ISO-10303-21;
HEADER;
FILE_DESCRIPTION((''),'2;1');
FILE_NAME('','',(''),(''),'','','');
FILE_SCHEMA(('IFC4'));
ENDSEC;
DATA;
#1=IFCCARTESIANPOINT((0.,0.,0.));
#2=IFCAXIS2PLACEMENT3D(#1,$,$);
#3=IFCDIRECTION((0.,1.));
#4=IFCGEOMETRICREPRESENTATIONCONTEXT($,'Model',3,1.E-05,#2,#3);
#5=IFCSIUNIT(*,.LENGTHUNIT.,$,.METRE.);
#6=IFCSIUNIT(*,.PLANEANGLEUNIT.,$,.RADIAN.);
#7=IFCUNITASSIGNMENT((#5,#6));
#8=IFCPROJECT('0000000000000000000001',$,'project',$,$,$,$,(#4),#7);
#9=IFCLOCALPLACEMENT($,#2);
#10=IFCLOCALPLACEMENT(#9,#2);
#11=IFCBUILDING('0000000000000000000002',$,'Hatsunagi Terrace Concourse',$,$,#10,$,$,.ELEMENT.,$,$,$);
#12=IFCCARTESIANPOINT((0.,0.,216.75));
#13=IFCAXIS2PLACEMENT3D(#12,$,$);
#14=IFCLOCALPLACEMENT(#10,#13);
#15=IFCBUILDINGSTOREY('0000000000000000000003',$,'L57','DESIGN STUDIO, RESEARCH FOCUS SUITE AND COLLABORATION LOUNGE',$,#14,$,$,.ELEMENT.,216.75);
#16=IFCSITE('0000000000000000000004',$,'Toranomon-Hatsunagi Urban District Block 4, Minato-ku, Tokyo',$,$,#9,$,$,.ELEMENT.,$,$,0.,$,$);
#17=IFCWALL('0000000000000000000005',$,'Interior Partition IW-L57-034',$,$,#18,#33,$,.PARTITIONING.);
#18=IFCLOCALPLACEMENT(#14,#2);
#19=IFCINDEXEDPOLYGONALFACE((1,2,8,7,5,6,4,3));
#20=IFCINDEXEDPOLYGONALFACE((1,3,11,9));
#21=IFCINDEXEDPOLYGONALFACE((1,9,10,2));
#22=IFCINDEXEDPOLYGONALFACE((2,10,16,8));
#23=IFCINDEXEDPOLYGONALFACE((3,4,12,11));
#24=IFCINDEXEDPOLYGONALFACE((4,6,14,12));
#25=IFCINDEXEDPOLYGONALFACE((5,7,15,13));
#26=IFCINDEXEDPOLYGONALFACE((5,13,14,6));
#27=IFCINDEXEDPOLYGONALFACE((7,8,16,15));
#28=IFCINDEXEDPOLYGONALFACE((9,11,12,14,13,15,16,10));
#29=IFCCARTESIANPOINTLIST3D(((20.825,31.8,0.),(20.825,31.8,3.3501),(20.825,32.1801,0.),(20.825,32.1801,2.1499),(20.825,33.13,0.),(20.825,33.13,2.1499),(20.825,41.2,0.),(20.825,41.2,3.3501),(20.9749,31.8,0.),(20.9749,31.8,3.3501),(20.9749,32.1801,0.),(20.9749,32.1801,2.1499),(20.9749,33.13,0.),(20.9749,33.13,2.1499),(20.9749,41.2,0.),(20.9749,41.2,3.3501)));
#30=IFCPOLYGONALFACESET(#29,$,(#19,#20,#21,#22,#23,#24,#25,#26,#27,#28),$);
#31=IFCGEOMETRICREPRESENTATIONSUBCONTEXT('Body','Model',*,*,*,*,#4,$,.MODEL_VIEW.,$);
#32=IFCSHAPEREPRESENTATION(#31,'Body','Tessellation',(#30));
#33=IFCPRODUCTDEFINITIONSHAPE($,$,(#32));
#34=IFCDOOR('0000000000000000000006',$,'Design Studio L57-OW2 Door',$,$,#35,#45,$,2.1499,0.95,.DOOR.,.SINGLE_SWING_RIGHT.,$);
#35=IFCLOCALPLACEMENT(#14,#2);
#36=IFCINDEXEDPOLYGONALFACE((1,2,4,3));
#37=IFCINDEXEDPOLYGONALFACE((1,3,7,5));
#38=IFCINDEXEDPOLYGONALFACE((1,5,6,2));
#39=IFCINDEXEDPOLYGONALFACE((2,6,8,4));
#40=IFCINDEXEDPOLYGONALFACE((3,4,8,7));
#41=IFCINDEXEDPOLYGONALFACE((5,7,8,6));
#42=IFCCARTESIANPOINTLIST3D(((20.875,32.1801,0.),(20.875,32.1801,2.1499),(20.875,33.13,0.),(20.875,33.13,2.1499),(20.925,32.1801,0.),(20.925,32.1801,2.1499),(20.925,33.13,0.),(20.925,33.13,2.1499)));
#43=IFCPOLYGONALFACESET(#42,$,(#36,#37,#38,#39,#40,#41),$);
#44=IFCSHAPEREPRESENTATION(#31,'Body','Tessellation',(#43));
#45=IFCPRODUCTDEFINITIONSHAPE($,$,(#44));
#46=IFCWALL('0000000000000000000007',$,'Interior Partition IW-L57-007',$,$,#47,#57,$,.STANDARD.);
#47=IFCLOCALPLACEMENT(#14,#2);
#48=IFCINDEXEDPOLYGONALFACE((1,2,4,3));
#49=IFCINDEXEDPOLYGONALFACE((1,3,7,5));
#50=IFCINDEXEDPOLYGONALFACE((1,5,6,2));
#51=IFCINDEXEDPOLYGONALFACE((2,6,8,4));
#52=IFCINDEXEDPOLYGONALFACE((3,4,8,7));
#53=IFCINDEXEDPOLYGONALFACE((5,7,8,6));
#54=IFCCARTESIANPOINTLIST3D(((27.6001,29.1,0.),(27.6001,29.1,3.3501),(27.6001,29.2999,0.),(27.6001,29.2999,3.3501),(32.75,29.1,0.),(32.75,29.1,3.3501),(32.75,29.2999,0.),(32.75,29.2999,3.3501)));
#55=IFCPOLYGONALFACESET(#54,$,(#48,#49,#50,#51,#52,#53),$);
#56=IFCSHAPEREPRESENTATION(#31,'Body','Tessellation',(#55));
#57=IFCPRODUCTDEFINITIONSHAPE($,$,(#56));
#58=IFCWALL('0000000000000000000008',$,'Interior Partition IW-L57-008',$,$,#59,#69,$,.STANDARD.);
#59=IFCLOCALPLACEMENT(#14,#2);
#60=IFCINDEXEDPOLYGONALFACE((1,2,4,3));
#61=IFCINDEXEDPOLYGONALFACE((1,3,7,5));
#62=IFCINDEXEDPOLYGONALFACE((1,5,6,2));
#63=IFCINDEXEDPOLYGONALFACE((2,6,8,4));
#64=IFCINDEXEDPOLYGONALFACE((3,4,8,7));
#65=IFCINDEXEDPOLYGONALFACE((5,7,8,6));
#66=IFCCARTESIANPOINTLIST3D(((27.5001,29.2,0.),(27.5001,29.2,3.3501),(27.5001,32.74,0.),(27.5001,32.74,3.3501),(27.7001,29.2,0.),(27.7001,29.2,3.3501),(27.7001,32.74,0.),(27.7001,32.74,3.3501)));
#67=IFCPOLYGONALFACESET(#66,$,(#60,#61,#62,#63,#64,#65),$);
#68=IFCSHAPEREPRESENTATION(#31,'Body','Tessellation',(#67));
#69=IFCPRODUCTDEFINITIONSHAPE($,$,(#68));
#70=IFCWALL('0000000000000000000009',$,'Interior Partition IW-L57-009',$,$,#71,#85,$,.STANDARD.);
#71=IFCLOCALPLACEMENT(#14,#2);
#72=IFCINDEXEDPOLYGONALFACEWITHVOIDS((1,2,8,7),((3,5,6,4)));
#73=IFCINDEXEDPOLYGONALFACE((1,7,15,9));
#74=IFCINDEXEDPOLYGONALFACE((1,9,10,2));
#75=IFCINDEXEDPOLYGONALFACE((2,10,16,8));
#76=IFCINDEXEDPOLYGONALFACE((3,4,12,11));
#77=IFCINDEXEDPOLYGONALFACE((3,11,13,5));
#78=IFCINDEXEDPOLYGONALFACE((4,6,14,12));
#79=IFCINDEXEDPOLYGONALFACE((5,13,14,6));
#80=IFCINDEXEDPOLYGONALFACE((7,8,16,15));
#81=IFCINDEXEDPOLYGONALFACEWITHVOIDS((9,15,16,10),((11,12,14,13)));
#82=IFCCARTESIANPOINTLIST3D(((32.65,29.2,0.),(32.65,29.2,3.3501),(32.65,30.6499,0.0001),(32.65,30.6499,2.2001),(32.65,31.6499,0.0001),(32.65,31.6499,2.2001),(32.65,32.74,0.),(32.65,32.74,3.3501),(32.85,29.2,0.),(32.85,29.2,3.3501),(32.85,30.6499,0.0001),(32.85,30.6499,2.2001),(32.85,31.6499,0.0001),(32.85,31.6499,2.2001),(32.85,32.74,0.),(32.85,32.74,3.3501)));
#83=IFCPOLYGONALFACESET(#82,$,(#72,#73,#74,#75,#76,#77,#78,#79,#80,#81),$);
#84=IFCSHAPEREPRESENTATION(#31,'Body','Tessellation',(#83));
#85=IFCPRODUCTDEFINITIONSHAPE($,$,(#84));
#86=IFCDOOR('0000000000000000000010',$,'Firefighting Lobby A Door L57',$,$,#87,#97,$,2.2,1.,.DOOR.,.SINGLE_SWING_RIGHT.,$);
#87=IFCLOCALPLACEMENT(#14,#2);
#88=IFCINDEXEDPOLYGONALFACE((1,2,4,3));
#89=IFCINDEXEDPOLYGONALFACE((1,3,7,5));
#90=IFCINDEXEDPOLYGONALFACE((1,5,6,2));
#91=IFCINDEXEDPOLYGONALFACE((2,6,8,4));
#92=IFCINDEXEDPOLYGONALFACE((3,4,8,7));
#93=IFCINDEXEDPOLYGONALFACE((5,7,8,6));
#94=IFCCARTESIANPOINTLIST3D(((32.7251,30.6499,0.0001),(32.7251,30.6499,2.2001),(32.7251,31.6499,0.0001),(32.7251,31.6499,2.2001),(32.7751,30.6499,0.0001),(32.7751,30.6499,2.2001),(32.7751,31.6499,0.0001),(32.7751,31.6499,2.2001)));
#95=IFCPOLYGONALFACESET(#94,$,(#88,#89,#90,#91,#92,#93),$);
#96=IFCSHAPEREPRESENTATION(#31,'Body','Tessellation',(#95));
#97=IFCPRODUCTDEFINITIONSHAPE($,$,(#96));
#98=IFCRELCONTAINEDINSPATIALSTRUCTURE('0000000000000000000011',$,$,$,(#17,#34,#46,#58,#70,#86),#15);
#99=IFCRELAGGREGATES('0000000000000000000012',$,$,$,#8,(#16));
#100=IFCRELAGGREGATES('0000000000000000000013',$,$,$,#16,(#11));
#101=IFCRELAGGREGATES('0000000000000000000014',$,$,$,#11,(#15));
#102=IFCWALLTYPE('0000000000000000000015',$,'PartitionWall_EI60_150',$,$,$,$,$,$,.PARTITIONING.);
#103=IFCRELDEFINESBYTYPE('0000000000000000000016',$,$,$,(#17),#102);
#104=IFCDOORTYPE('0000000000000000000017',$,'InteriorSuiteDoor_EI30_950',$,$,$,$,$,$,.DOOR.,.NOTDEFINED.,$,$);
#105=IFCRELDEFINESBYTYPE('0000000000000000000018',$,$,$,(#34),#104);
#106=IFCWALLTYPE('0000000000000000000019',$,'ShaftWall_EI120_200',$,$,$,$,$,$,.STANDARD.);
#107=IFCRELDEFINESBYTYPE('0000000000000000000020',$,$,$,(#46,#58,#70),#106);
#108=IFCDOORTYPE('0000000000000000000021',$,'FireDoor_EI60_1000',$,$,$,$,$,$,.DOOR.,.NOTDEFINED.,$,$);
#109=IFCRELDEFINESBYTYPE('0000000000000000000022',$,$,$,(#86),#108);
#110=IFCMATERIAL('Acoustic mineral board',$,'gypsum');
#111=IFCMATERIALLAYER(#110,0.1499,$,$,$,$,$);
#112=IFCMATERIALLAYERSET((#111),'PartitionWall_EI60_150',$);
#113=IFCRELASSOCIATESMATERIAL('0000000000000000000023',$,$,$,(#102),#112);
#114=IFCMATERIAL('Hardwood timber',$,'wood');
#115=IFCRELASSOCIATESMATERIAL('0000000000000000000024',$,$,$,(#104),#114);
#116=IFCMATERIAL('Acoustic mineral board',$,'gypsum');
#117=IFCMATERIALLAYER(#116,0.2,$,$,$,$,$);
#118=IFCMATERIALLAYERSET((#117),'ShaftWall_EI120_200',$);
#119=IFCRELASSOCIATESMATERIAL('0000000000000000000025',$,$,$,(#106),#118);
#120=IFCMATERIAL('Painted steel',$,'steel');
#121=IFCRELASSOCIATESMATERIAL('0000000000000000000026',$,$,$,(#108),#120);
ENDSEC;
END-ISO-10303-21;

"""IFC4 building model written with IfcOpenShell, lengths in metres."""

from ifc_helpers import new_model, si_unit, direction, frame, frame_2d, origin, place, context, subcontext, project, spatial, rectangle, extrude, material, layer, layer_set, type_object, element, fill, save


model = new_model("IFC4")

# Units and contexts
model_context = context("Model", 3, precision=1e-05, world=origin(), true_north=direction((0.0, 1.0)))
body_context = subcontext(model_context, "Body", "Model", "MODEL_VIEW")
ifc_project = project(units=[si_unit("LENGTHUNIT", "METRE"), si_unit("PLANEANGLEUNIT", "RADIAN")], contexts=[model_context])

# Site, building, storey
site_placement = place(None, origin())
site = spatial("IfcSite", under=ifc_project, at=site_placement, Name="Toranomon-Hatsunagi Urban District Block 4, Minato-ku, Tokyo", CompositionType="ELEMENT", RefElevation=0.0)
building_placement = place(site_placement, origin())
building = spatial("IfcBuilding", under=site, at=building_placement, Name="Hatsunagi Terrace Concourse", CompositionType="ELEMENT")
storey_placement = place(building_placement, frame((0.0, 0.0, 216.75)))
storey = spatial("IfcBuildingStorey", under=building, at=storey_placement, Name="L57", Description="DESIGN STUDIO, RESEARCH FOCUS SUITE AND COLLABORATION LOUNGE", CompositionType="ELEMENT", Elevation=216.75)

# Shared definitions
ifc_material_1 = material(Name="Acoustic mineral board", Category="gypsum")
ifc_layer_1 = layer(ifc_material_1, 0.1499)
ifc_layer_set_1 = layer_set([ifc_layer_1], Name="PartitionWall_EI60_150")
wall_type_1 = type_object("IfcWallType", Name="PartitionWall_EI60_150", PredefinedType="PARTITIONING", material=ifc_layer_set_1)

# Wall, opening, door
wall_1_placement = place(storey_placement, frame((20.8999, 31.8, 0.0), z_axis=(0.0, 0.0, 1.0), x_axis=(0.0, 1.0, 0.0)))
wall_1 = element("IfcWall", 1, at=wall_1_placement, inside=storey, type_object=wall_type_1, Name="Interior Partition IW-L57-034", PredefinedType="PARTITIONING", context=body_context, shape_type="SweptSolid", body=[
    extrude(rectangle(XDim=9.3999, YDim=0.1499, at=frame_2d((4.7, 0.0))), origin(), (0.0, 0.0, 1.0), 3.3501),
])
opening_1_placement = place(wall_1_placement, frame((0.3799, 0.0, 0.0)))
opening_1 = element("IfcOpeningElement", 2, at=opening_1_placement, cuts=wall_1, PredefinedType="OPENING", context=body_context, shape_type="SweptSolid", body=[
    extrude(rectangle(XDim=0.95, YDim=2.1499, at=frame_2d((0.4751, 1.075))), frame((0.0, 0.085, 0.0), z_axis=(0.0, -1.0, 0.0), x_axis=(1.0, 0.0, 0.0)), (0.0, 0.0, 1.0), 0.1699),
])
ifc_material_2 = material(Name="Hardwood timber", Category="wood")
door_type_1 = type_object("IfcDoorType", Name="InteriorSuiteDoor_EI30_950", OperationType="NOTDEFINED", PredefinedType="DOOR", material=ifc_material_2)
door_1_placement = place(opening_1_placement, origin())
door_1 = element("IfcDoor", 3, at=door_1_placement, inside=storey, type_object=door_type_1, Name="Design Studio L57-OW2 Door", OperationType="SINGLE_SWING_RIGHT", OverallHeight=2.1499, OverallWidth=0.95, PredefinedType="DOOR", context=body_context, shape_type="SweptSolid", body=[
    extrude(rectangle(XDim=0.95, YDim=2.1499, at=frame_2d((0.4751, 1.075))), frame((0.0, 0.0249, 0.0), z_axis=(0.0, -1.0, 0.0), x_axis=(1.0, 0.0, 0.0)), (0.0, 0.0, 1.0), 0.05),
])
fill(opening_1, door_1)

# Walls
ifc_material_3 = material(Name="Acoustic mineral board", Category="gypsum")
ifc_layer_2 = layer(ifc_material_3, 0.2)
ifc_layer_set_2 = layer_set([ifc_layer_2], Name="ShaftWall_EI120_200")
wall_type_2 = type_object("IfcWallType", Name="ShaftWall_EI120_200", PredefinedType="STANDARD", material=ifc_layer_set_2)
wall_2_placement = place(storey_placement, frame((27.6001, 29.2, 0.0), z_axis=(0.0, 0.0, 1.0), x_axis=(1.0, 0.0, 0.0)))
element("IfcWall", 4, at=wall_2_placement, inside=storey, type_object=wall_type_2, Name="Interior Partition IW-L57-007", PredefinedType="STANDARD", context=body_context, shape_type="SweptSolid", body=[
    extrude(rectangle(XDim=5.1499, YDim=0.2, at=frame_2d((2.575, 0.0))), origin(), (0.0, 0.0, 1.0), 3.3501),
])
wall_3_placement = place(storey_placement, frame((27.6001, 29.2, 0.0), z_axis=(0.0, 0.0, 1.0), x_axis=(0.0, 1.0, 0.0)))
element("IfcWall", 5, at=wall_3_placement, inside=storey, type_object=wall_type_2, Name="Interior Partition IW-L57-008", PredefinedType="STANDARD", context=body_context, shape_type="SweptSolid", body=[
    extrude(rectangle(XDim=3.54, YDim=0.2, at=frame_2d((1.77, 0.0))), origin(), (0.0, 0.0, 1.0), 3.3501),
])

# Wall, opening, door
wall_4_placement = place(storey_placement, frame((32.75, 29.2, 0.0), z_axis=(0.0, 0.0, 1.0), x_axis=(0.0, 1.0, 0.0)))
wall_4 = element("IfcWall", 6, at=wall_4_placement, inside=storey, type_object=wall_type_2, Name="Interior Partition IW-L57-009", PredefinedType="STANDARD", context=body_context, shape_type="SweptSolid", body=[
    extrude(rectangle(XDim=3.54, YDim=0.2, at=frame_2d((1.77, 0.0))), origin(), (0.0, 0.0, 1.0), 3.3501),
])
opening_2_placement = place(wall_4_placement, frame((1.45, 0.0, 0.0)))
opening_2 = element("IfcOpeningElement", 7, at=opening_2_placement, cuts=wall_4, PredefinedType="OPENING", context=body_context, shape_type="SweptSolid", body=[
    extrude(rectangle(XDim=1.0, YDim=2.2, at=frame_2d((0.5, 1.1001))), frame((0.0, 0.1099, 0.0), z_axis=(0.0, -1.0, 0.0), x_axis=(1.0, 0.0, 0.0)), (0.0, 0.0, 1.0), 0.22),
])
ifc_material_4 = material(Name="Painted steel", Category="steel")
door_type_2 = type_object("IfcDoorType", Name="FireDoor_EI60_1000", OperationType="NOTDEFINED", PredefinedType="DOOR", material=ifc_material_4)
door_2_placement = place(opening_2_placement, origin())
door_2 = element("IfcDoor", 8, at=door_2_placement, inside=storey, type_object=door_type_2, Name="Firefighting Lobby A Door L57", OperationType="SINGLE_SWING_RIGHT", OverallHeight=2.2, OverallWidth=1.0, PredefinedType="DOOR", context=body_context, shape_type="SweptSolid", body=[
    extrude(rectangle(XDim=1.0, YDim=2.2, at=frame_2d((0.5, 1.1001))), frame((0.0, 0.0249, 0.0), z_axis=(0.0, -1.0, 0.0), x_axis=(1.0, 0.0, 0.0)), (0.0, 0.0, 1.0), 0.05),
])
fill(opening_2, door_2)

save(model, "model.ifc")
